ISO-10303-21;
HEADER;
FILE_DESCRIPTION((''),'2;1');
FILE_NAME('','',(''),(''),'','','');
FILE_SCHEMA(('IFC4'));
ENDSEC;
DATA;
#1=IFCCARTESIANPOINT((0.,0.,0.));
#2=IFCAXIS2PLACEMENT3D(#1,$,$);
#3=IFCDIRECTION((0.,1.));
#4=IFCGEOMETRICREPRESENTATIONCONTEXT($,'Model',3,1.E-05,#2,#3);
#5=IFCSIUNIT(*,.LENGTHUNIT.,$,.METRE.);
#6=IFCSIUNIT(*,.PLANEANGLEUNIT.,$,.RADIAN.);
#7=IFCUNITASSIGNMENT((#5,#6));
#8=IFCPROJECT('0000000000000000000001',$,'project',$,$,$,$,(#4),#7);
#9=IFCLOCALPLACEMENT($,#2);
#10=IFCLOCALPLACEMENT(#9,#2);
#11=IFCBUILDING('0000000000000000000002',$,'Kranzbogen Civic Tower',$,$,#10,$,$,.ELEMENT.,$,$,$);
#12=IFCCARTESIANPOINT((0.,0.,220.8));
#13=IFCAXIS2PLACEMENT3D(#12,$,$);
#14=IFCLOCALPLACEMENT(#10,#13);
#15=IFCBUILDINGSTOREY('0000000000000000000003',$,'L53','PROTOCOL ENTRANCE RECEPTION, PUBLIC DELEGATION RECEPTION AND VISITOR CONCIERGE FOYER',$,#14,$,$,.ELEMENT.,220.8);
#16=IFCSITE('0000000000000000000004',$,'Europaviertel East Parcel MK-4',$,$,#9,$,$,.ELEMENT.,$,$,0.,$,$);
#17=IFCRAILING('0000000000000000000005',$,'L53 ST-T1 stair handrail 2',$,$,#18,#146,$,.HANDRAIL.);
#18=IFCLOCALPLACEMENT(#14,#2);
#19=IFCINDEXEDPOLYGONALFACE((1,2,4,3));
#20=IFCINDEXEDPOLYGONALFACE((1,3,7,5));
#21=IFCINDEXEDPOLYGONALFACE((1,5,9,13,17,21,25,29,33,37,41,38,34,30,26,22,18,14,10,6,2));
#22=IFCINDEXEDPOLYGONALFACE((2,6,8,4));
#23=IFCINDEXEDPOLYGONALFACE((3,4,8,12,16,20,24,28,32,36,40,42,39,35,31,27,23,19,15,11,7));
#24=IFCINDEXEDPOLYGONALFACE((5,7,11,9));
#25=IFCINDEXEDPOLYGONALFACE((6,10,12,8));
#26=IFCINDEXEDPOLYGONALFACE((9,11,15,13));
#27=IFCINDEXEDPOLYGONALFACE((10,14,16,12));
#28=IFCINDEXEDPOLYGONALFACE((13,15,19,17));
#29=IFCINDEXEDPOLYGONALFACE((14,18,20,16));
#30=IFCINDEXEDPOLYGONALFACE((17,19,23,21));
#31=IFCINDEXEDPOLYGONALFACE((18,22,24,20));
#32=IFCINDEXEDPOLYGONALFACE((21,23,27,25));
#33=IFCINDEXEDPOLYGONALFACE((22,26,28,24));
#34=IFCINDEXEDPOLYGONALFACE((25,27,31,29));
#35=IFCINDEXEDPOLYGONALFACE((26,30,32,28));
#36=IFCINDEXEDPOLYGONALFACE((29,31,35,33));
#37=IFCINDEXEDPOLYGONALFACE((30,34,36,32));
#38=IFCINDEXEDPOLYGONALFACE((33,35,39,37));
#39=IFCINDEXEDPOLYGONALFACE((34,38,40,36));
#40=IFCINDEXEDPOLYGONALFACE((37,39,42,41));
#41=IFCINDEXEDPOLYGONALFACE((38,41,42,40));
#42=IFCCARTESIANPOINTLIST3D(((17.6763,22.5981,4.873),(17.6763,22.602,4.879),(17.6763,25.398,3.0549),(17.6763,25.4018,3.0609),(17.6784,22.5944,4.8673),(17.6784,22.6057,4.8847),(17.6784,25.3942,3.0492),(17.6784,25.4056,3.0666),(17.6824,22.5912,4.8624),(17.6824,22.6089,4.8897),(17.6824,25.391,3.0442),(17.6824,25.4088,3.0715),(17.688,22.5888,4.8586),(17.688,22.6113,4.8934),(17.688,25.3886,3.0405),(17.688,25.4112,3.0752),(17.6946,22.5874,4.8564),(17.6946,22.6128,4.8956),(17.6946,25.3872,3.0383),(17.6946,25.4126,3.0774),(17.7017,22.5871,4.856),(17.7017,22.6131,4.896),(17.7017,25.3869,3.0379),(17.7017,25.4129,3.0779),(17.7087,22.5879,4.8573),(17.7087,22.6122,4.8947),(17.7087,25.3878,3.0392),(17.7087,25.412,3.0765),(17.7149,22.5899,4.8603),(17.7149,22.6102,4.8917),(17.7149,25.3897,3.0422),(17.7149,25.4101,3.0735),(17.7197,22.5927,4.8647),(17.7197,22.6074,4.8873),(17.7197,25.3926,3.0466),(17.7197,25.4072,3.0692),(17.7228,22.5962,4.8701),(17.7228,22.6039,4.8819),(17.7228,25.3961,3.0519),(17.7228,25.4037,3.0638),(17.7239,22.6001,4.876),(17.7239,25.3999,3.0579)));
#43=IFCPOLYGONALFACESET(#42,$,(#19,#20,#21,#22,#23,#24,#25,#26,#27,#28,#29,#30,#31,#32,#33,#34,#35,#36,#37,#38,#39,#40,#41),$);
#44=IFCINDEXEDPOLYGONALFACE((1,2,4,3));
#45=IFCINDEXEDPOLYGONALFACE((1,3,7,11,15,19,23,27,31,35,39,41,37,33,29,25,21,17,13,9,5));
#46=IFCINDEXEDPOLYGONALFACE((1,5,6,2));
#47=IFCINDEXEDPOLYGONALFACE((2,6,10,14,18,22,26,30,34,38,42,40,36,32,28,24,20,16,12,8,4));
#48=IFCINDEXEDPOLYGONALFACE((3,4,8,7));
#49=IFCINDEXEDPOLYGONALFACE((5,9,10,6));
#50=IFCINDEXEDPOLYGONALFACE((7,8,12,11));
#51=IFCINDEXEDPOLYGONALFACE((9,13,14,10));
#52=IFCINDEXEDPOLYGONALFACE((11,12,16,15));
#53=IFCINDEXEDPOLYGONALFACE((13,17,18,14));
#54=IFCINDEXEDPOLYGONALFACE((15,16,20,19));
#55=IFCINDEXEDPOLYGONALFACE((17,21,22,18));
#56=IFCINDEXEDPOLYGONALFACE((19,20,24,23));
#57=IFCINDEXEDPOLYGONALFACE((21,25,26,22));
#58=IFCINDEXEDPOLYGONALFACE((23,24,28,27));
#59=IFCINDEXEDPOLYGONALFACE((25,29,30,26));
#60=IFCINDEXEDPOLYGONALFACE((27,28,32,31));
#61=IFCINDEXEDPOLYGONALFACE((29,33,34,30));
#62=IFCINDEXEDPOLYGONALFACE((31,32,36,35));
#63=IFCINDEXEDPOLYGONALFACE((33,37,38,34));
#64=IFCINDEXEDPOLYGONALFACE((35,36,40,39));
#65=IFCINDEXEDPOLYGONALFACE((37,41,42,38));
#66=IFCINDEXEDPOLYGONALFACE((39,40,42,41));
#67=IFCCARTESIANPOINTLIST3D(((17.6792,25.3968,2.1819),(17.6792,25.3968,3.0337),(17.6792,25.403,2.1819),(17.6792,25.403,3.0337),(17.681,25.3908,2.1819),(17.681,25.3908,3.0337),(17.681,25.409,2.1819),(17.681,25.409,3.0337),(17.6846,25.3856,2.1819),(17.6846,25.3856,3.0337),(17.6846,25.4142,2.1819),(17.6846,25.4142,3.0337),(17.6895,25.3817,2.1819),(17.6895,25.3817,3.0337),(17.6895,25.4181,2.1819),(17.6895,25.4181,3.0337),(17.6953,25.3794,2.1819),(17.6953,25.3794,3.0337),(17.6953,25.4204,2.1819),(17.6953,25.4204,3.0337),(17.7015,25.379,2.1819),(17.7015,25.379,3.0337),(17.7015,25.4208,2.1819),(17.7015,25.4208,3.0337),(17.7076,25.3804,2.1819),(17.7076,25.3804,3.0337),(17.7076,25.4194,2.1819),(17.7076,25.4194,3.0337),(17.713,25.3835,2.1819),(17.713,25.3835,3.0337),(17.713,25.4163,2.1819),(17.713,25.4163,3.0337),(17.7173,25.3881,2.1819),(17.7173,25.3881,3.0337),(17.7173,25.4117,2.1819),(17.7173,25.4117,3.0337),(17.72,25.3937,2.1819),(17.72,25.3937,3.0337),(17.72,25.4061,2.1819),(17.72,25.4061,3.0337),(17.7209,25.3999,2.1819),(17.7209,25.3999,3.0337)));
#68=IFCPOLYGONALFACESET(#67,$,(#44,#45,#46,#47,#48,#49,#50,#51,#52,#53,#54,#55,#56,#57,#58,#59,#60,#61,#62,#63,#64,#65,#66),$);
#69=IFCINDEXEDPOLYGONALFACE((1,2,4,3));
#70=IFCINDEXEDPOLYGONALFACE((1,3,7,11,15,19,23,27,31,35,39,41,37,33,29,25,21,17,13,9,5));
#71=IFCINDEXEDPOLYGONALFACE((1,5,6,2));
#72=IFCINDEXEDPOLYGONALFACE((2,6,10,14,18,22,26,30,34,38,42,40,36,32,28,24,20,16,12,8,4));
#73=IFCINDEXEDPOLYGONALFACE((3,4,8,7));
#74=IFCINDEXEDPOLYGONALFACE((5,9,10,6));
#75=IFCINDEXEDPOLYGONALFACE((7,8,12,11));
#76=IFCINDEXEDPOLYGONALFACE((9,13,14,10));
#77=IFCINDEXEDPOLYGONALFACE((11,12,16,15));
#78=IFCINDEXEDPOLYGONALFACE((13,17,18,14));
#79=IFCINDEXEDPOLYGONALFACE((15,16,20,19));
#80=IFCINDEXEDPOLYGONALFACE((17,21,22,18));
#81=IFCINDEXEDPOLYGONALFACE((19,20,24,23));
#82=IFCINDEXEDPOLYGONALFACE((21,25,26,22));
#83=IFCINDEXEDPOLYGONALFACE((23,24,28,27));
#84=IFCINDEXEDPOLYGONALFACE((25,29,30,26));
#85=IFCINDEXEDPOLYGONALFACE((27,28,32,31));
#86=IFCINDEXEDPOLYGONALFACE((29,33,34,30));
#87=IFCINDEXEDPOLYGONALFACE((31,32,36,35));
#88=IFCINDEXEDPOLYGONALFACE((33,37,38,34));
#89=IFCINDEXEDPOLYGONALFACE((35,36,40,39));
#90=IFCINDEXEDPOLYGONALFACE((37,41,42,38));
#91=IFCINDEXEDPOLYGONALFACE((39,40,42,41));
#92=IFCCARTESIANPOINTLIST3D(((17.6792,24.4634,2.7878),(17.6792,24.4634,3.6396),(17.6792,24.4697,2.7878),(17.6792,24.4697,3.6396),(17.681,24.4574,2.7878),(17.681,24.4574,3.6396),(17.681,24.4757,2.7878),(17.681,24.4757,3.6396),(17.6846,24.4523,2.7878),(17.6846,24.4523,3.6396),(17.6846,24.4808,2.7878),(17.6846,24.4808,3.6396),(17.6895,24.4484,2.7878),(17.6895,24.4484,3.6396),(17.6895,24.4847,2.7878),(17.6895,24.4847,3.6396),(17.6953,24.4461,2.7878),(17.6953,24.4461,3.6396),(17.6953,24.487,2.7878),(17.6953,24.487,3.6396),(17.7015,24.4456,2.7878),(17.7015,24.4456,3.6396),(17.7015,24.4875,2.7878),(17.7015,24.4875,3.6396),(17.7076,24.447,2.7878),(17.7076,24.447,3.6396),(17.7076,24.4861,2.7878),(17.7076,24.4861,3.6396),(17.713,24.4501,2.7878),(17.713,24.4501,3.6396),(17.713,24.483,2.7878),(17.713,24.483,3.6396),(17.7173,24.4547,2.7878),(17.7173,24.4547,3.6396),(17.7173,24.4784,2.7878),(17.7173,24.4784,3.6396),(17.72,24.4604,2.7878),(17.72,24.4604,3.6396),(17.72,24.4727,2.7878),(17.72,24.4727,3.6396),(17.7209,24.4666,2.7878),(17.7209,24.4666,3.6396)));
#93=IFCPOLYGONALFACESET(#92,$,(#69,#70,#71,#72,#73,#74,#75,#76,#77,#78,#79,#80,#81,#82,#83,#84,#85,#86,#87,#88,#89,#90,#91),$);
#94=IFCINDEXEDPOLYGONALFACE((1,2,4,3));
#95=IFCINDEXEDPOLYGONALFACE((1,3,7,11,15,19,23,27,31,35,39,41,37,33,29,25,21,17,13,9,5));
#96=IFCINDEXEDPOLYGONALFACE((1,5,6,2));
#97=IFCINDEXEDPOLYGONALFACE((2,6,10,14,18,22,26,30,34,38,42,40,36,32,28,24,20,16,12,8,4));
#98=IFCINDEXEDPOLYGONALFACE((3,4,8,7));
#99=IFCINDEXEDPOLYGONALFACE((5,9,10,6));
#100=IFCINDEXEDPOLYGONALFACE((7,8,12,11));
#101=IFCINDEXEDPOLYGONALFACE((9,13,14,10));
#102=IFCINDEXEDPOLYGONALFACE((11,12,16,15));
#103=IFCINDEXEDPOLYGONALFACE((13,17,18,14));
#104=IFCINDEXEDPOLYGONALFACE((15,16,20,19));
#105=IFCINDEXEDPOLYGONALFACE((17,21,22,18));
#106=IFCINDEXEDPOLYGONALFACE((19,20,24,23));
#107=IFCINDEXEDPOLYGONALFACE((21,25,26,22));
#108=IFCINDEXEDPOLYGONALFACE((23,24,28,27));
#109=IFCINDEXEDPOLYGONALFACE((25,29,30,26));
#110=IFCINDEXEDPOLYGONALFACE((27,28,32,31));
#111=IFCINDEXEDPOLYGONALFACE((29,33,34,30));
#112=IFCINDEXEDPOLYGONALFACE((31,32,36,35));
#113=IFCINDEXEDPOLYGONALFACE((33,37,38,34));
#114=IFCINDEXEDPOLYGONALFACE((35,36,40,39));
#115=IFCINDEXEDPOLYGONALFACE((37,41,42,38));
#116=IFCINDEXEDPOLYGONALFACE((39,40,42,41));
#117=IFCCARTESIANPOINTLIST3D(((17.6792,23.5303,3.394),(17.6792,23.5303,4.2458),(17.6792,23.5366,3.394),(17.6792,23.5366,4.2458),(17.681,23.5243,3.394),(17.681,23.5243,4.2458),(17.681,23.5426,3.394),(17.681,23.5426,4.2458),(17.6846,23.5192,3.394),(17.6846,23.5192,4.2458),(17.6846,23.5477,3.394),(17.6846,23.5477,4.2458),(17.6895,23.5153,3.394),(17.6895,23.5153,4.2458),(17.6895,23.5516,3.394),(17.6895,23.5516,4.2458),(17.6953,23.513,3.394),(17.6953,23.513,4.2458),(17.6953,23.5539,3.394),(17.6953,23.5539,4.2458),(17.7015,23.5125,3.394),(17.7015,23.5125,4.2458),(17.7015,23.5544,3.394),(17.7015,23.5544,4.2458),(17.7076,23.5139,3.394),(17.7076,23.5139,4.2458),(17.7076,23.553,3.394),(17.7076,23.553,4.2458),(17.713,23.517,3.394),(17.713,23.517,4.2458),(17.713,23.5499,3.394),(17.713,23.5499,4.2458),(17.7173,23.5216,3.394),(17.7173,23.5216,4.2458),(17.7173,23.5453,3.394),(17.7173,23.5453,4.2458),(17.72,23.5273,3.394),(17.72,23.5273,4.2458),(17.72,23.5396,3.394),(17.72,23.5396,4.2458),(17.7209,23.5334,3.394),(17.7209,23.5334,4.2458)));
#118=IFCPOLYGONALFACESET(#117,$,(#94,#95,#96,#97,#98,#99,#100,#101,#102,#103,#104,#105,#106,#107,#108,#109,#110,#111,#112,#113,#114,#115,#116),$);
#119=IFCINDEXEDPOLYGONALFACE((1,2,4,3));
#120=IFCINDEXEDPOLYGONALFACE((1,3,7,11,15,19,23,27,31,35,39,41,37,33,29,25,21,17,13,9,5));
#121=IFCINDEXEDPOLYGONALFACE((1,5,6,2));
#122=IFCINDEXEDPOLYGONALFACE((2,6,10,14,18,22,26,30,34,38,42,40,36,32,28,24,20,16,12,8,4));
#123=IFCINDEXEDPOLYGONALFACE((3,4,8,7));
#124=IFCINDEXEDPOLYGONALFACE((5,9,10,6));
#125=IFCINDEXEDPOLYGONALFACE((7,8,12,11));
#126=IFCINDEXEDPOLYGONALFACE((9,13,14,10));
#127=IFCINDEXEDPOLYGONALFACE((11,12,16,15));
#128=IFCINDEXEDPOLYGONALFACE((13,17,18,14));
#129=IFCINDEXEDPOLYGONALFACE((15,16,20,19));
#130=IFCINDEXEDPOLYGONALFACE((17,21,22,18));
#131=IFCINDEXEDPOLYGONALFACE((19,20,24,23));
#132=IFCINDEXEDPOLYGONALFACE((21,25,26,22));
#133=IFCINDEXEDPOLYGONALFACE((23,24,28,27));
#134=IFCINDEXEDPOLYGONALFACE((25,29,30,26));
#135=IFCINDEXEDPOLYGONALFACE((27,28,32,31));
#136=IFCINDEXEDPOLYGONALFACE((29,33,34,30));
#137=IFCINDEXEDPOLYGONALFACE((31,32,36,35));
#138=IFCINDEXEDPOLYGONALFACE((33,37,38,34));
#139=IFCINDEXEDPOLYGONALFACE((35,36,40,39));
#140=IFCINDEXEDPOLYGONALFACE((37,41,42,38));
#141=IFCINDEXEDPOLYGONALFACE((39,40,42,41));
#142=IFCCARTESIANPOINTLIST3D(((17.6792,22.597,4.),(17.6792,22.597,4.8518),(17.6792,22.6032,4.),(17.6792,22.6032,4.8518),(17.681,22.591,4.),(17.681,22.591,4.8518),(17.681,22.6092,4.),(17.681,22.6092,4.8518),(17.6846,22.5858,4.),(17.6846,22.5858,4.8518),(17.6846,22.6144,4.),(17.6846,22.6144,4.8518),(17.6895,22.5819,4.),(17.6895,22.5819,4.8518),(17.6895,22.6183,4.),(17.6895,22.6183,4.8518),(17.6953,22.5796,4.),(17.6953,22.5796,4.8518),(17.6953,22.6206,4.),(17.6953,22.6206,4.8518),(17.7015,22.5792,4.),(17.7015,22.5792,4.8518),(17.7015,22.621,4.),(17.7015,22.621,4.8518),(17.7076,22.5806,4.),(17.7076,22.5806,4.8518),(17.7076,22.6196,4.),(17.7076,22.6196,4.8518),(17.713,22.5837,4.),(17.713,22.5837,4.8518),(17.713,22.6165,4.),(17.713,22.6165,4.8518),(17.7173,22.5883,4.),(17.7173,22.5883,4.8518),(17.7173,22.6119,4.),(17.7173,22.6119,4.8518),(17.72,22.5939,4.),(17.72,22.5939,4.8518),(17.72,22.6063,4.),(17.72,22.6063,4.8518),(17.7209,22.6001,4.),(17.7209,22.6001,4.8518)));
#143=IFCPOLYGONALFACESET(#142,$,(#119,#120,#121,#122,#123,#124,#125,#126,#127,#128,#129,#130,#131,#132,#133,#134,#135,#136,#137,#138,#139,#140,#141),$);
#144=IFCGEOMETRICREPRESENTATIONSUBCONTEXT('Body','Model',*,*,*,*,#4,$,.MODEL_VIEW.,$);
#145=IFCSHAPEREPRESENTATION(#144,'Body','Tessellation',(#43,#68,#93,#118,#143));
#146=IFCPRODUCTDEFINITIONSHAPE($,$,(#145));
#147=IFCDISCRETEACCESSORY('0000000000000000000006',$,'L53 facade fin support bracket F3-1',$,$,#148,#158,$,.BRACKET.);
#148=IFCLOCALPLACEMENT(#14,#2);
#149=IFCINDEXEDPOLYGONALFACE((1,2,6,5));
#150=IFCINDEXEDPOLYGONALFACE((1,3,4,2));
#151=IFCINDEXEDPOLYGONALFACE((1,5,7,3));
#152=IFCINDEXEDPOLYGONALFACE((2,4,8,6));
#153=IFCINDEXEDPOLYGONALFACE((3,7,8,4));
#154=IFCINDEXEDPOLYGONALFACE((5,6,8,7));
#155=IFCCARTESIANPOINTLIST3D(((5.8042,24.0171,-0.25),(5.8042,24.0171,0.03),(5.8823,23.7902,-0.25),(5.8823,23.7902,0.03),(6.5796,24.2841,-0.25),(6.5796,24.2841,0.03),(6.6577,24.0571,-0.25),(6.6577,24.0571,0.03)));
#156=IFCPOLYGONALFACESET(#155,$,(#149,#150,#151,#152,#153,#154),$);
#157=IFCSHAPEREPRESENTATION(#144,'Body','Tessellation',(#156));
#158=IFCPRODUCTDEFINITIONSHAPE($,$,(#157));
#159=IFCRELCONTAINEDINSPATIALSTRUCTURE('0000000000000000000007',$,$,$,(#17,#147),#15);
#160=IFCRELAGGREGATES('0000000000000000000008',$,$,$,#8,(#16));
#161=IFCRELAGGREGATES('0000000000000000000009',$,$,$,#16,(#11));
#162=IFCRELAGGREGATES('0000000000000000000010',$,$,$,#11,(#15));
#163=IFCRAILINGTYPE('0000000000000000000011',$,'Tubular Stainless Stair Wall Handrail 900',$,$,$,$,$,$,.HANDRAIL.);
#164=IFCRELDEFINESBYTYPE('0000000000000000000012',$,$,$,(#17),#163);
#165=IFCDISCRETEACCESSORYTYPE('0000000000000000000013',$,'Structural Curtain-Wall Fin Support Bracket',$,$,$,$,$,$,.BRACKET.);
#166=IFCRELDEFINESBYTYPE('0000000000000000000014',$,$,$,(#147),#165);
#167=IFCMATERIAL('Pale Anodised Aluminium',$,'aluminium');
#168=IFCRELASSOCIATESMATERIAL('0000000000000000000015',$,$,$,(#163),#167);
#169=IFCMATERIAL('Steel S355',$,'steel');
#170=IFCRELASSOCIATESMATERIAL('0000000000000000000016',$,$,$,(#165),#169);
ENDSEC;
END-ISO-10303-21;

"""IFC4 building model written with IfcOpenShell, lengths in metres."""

from ifc_helpers import new_model, si_unit, direction, frame, origin, origin_2d, place, context, subcontext, project, spatial, rectangle, circle, extrude, material, type_object, element, save


model = new_model("IFC4")

# Units and contexts
model_context = context("Model", 3, precision=1e-05, world=origin(), true_north=direction((0.0, 1.0)))
body_context = subcontext(model_context, "Body", "Model", "MODEL_VIEW")
ifc_project = project(units=[si_unit("LENGTHUNIT", "METRE"), si_unit("PLANEANGLEUNIT", "RADIAN")], contexts=[model_context])

# Site, building, storey
site_placement = place(None, origin())
site = spatial("IfcSite", under=ifc_project, at=site_placement, Name="Europaviertel East Parcel MK-4", CompositionType="ELEMENT", RefElevation=0.0)
building_placement = place(site_placement, origin())
building = spatial("IfcBuilding", under=site, at=building_placement, Name="Kranzbogen Civic Tower", CompositionType="ELEMENT")
storey_placement = place(building_placement, frame((0.0, 0.0, 220.8)))
storey = spatial("IfcBuildingStorey", under=building, at=storey_placement, Name="L53", Description="PROTOCOL ENTRANCE RECEPTION, PUBLIC DELEGATION RECEPTION AND VISITOR CONCIERGE FOYER", CompositionType="ELEMENT", Elevation=220.8)

# Shared definitions
ifc_material_1 = material(Name="Steel S355", Category="steel")

# Shared definitions
ifc_material_2 = material(Name="Pale Anodised Aluminium", Category="aluminium")

# Railing
railing_type_1 = type_object("IfcRailingType", Name="Tubular Stainless Stair Wall Handrail 900", PredefinedType="HANDRAIL", material=ifc_material_2)
railing_1_placement = place(storey_placement, frame((17.7, 25.3999, 2.1819)))
element("IfcRailing", 1, at=railing_1_placement, inside=storey, type_object=railing_type_1, Name="L53 ST-T1 stair handrail 2", PredefinedType="HANDRAIL", context=body_context, shape_type="SweptSolid", body=[
    extrude(circle(Radius=0.0239, at=origin_2d()), frame((0.0, 0.0, 0.876), z_axis=(0.0, -0.838684, 0.544618), x_axis=(1.0, 0.0, 0.0)), (0.0, 0.0, 1.0), 3.3384),
    extrude(circle(Radius=0.021, at=origin_2d()), origin(), (0.0, 0.0, 1.0), 0.8518),
    extrude(circle(Radius=0.021, at=origin_2d()), frame((0.0, -0.9333, 0.606)), (0.0, 0.0, 1.0), 0.8518),
    extrude(circle(Radius=0.021, at=origin_2d()), frame((0.0, -1.8665, 1.2122)), (0.0, 0.0, 1.0), 0.8518),
    extrude(circle(Radius=0.021, at=origin_2d()), frame((0.0, -2.7998, 1.8181)), (0.0, 0.0, 1.0), 0.8518),
])

# Discrete accessory
discrete_accessory_type = type_object("IfcDiscreteAccessoryType", Name="Structural Curtain-Wall Fin Support Bracket", PredefinedType="BRACKET", material=ifc_material_1)
discrete_accessory_placement = place(storey_placement, frame((6.231, 24.0371, -0.25), z_axis=(0.0, 0.0, 1.0), x_axis=(-0.945519, -0.325568, 0.0)))
element("IfcDiscreteAccessory", 2, at=discrete_accessory_placement, inside=storey, type_object=discrete_accessory_type, Name="L53 facade fin support bracket F3-1", PredefinedType="BRACKET", context=body_context, shape_type="SweptSolid", body=[
    extrude(rectangle(XDim=0.8201, YDim=0.24, at=origin_2d()), origin(), (0.0, 0.0, 1.0), 0.28),
])

save(model, "model.ifc")
